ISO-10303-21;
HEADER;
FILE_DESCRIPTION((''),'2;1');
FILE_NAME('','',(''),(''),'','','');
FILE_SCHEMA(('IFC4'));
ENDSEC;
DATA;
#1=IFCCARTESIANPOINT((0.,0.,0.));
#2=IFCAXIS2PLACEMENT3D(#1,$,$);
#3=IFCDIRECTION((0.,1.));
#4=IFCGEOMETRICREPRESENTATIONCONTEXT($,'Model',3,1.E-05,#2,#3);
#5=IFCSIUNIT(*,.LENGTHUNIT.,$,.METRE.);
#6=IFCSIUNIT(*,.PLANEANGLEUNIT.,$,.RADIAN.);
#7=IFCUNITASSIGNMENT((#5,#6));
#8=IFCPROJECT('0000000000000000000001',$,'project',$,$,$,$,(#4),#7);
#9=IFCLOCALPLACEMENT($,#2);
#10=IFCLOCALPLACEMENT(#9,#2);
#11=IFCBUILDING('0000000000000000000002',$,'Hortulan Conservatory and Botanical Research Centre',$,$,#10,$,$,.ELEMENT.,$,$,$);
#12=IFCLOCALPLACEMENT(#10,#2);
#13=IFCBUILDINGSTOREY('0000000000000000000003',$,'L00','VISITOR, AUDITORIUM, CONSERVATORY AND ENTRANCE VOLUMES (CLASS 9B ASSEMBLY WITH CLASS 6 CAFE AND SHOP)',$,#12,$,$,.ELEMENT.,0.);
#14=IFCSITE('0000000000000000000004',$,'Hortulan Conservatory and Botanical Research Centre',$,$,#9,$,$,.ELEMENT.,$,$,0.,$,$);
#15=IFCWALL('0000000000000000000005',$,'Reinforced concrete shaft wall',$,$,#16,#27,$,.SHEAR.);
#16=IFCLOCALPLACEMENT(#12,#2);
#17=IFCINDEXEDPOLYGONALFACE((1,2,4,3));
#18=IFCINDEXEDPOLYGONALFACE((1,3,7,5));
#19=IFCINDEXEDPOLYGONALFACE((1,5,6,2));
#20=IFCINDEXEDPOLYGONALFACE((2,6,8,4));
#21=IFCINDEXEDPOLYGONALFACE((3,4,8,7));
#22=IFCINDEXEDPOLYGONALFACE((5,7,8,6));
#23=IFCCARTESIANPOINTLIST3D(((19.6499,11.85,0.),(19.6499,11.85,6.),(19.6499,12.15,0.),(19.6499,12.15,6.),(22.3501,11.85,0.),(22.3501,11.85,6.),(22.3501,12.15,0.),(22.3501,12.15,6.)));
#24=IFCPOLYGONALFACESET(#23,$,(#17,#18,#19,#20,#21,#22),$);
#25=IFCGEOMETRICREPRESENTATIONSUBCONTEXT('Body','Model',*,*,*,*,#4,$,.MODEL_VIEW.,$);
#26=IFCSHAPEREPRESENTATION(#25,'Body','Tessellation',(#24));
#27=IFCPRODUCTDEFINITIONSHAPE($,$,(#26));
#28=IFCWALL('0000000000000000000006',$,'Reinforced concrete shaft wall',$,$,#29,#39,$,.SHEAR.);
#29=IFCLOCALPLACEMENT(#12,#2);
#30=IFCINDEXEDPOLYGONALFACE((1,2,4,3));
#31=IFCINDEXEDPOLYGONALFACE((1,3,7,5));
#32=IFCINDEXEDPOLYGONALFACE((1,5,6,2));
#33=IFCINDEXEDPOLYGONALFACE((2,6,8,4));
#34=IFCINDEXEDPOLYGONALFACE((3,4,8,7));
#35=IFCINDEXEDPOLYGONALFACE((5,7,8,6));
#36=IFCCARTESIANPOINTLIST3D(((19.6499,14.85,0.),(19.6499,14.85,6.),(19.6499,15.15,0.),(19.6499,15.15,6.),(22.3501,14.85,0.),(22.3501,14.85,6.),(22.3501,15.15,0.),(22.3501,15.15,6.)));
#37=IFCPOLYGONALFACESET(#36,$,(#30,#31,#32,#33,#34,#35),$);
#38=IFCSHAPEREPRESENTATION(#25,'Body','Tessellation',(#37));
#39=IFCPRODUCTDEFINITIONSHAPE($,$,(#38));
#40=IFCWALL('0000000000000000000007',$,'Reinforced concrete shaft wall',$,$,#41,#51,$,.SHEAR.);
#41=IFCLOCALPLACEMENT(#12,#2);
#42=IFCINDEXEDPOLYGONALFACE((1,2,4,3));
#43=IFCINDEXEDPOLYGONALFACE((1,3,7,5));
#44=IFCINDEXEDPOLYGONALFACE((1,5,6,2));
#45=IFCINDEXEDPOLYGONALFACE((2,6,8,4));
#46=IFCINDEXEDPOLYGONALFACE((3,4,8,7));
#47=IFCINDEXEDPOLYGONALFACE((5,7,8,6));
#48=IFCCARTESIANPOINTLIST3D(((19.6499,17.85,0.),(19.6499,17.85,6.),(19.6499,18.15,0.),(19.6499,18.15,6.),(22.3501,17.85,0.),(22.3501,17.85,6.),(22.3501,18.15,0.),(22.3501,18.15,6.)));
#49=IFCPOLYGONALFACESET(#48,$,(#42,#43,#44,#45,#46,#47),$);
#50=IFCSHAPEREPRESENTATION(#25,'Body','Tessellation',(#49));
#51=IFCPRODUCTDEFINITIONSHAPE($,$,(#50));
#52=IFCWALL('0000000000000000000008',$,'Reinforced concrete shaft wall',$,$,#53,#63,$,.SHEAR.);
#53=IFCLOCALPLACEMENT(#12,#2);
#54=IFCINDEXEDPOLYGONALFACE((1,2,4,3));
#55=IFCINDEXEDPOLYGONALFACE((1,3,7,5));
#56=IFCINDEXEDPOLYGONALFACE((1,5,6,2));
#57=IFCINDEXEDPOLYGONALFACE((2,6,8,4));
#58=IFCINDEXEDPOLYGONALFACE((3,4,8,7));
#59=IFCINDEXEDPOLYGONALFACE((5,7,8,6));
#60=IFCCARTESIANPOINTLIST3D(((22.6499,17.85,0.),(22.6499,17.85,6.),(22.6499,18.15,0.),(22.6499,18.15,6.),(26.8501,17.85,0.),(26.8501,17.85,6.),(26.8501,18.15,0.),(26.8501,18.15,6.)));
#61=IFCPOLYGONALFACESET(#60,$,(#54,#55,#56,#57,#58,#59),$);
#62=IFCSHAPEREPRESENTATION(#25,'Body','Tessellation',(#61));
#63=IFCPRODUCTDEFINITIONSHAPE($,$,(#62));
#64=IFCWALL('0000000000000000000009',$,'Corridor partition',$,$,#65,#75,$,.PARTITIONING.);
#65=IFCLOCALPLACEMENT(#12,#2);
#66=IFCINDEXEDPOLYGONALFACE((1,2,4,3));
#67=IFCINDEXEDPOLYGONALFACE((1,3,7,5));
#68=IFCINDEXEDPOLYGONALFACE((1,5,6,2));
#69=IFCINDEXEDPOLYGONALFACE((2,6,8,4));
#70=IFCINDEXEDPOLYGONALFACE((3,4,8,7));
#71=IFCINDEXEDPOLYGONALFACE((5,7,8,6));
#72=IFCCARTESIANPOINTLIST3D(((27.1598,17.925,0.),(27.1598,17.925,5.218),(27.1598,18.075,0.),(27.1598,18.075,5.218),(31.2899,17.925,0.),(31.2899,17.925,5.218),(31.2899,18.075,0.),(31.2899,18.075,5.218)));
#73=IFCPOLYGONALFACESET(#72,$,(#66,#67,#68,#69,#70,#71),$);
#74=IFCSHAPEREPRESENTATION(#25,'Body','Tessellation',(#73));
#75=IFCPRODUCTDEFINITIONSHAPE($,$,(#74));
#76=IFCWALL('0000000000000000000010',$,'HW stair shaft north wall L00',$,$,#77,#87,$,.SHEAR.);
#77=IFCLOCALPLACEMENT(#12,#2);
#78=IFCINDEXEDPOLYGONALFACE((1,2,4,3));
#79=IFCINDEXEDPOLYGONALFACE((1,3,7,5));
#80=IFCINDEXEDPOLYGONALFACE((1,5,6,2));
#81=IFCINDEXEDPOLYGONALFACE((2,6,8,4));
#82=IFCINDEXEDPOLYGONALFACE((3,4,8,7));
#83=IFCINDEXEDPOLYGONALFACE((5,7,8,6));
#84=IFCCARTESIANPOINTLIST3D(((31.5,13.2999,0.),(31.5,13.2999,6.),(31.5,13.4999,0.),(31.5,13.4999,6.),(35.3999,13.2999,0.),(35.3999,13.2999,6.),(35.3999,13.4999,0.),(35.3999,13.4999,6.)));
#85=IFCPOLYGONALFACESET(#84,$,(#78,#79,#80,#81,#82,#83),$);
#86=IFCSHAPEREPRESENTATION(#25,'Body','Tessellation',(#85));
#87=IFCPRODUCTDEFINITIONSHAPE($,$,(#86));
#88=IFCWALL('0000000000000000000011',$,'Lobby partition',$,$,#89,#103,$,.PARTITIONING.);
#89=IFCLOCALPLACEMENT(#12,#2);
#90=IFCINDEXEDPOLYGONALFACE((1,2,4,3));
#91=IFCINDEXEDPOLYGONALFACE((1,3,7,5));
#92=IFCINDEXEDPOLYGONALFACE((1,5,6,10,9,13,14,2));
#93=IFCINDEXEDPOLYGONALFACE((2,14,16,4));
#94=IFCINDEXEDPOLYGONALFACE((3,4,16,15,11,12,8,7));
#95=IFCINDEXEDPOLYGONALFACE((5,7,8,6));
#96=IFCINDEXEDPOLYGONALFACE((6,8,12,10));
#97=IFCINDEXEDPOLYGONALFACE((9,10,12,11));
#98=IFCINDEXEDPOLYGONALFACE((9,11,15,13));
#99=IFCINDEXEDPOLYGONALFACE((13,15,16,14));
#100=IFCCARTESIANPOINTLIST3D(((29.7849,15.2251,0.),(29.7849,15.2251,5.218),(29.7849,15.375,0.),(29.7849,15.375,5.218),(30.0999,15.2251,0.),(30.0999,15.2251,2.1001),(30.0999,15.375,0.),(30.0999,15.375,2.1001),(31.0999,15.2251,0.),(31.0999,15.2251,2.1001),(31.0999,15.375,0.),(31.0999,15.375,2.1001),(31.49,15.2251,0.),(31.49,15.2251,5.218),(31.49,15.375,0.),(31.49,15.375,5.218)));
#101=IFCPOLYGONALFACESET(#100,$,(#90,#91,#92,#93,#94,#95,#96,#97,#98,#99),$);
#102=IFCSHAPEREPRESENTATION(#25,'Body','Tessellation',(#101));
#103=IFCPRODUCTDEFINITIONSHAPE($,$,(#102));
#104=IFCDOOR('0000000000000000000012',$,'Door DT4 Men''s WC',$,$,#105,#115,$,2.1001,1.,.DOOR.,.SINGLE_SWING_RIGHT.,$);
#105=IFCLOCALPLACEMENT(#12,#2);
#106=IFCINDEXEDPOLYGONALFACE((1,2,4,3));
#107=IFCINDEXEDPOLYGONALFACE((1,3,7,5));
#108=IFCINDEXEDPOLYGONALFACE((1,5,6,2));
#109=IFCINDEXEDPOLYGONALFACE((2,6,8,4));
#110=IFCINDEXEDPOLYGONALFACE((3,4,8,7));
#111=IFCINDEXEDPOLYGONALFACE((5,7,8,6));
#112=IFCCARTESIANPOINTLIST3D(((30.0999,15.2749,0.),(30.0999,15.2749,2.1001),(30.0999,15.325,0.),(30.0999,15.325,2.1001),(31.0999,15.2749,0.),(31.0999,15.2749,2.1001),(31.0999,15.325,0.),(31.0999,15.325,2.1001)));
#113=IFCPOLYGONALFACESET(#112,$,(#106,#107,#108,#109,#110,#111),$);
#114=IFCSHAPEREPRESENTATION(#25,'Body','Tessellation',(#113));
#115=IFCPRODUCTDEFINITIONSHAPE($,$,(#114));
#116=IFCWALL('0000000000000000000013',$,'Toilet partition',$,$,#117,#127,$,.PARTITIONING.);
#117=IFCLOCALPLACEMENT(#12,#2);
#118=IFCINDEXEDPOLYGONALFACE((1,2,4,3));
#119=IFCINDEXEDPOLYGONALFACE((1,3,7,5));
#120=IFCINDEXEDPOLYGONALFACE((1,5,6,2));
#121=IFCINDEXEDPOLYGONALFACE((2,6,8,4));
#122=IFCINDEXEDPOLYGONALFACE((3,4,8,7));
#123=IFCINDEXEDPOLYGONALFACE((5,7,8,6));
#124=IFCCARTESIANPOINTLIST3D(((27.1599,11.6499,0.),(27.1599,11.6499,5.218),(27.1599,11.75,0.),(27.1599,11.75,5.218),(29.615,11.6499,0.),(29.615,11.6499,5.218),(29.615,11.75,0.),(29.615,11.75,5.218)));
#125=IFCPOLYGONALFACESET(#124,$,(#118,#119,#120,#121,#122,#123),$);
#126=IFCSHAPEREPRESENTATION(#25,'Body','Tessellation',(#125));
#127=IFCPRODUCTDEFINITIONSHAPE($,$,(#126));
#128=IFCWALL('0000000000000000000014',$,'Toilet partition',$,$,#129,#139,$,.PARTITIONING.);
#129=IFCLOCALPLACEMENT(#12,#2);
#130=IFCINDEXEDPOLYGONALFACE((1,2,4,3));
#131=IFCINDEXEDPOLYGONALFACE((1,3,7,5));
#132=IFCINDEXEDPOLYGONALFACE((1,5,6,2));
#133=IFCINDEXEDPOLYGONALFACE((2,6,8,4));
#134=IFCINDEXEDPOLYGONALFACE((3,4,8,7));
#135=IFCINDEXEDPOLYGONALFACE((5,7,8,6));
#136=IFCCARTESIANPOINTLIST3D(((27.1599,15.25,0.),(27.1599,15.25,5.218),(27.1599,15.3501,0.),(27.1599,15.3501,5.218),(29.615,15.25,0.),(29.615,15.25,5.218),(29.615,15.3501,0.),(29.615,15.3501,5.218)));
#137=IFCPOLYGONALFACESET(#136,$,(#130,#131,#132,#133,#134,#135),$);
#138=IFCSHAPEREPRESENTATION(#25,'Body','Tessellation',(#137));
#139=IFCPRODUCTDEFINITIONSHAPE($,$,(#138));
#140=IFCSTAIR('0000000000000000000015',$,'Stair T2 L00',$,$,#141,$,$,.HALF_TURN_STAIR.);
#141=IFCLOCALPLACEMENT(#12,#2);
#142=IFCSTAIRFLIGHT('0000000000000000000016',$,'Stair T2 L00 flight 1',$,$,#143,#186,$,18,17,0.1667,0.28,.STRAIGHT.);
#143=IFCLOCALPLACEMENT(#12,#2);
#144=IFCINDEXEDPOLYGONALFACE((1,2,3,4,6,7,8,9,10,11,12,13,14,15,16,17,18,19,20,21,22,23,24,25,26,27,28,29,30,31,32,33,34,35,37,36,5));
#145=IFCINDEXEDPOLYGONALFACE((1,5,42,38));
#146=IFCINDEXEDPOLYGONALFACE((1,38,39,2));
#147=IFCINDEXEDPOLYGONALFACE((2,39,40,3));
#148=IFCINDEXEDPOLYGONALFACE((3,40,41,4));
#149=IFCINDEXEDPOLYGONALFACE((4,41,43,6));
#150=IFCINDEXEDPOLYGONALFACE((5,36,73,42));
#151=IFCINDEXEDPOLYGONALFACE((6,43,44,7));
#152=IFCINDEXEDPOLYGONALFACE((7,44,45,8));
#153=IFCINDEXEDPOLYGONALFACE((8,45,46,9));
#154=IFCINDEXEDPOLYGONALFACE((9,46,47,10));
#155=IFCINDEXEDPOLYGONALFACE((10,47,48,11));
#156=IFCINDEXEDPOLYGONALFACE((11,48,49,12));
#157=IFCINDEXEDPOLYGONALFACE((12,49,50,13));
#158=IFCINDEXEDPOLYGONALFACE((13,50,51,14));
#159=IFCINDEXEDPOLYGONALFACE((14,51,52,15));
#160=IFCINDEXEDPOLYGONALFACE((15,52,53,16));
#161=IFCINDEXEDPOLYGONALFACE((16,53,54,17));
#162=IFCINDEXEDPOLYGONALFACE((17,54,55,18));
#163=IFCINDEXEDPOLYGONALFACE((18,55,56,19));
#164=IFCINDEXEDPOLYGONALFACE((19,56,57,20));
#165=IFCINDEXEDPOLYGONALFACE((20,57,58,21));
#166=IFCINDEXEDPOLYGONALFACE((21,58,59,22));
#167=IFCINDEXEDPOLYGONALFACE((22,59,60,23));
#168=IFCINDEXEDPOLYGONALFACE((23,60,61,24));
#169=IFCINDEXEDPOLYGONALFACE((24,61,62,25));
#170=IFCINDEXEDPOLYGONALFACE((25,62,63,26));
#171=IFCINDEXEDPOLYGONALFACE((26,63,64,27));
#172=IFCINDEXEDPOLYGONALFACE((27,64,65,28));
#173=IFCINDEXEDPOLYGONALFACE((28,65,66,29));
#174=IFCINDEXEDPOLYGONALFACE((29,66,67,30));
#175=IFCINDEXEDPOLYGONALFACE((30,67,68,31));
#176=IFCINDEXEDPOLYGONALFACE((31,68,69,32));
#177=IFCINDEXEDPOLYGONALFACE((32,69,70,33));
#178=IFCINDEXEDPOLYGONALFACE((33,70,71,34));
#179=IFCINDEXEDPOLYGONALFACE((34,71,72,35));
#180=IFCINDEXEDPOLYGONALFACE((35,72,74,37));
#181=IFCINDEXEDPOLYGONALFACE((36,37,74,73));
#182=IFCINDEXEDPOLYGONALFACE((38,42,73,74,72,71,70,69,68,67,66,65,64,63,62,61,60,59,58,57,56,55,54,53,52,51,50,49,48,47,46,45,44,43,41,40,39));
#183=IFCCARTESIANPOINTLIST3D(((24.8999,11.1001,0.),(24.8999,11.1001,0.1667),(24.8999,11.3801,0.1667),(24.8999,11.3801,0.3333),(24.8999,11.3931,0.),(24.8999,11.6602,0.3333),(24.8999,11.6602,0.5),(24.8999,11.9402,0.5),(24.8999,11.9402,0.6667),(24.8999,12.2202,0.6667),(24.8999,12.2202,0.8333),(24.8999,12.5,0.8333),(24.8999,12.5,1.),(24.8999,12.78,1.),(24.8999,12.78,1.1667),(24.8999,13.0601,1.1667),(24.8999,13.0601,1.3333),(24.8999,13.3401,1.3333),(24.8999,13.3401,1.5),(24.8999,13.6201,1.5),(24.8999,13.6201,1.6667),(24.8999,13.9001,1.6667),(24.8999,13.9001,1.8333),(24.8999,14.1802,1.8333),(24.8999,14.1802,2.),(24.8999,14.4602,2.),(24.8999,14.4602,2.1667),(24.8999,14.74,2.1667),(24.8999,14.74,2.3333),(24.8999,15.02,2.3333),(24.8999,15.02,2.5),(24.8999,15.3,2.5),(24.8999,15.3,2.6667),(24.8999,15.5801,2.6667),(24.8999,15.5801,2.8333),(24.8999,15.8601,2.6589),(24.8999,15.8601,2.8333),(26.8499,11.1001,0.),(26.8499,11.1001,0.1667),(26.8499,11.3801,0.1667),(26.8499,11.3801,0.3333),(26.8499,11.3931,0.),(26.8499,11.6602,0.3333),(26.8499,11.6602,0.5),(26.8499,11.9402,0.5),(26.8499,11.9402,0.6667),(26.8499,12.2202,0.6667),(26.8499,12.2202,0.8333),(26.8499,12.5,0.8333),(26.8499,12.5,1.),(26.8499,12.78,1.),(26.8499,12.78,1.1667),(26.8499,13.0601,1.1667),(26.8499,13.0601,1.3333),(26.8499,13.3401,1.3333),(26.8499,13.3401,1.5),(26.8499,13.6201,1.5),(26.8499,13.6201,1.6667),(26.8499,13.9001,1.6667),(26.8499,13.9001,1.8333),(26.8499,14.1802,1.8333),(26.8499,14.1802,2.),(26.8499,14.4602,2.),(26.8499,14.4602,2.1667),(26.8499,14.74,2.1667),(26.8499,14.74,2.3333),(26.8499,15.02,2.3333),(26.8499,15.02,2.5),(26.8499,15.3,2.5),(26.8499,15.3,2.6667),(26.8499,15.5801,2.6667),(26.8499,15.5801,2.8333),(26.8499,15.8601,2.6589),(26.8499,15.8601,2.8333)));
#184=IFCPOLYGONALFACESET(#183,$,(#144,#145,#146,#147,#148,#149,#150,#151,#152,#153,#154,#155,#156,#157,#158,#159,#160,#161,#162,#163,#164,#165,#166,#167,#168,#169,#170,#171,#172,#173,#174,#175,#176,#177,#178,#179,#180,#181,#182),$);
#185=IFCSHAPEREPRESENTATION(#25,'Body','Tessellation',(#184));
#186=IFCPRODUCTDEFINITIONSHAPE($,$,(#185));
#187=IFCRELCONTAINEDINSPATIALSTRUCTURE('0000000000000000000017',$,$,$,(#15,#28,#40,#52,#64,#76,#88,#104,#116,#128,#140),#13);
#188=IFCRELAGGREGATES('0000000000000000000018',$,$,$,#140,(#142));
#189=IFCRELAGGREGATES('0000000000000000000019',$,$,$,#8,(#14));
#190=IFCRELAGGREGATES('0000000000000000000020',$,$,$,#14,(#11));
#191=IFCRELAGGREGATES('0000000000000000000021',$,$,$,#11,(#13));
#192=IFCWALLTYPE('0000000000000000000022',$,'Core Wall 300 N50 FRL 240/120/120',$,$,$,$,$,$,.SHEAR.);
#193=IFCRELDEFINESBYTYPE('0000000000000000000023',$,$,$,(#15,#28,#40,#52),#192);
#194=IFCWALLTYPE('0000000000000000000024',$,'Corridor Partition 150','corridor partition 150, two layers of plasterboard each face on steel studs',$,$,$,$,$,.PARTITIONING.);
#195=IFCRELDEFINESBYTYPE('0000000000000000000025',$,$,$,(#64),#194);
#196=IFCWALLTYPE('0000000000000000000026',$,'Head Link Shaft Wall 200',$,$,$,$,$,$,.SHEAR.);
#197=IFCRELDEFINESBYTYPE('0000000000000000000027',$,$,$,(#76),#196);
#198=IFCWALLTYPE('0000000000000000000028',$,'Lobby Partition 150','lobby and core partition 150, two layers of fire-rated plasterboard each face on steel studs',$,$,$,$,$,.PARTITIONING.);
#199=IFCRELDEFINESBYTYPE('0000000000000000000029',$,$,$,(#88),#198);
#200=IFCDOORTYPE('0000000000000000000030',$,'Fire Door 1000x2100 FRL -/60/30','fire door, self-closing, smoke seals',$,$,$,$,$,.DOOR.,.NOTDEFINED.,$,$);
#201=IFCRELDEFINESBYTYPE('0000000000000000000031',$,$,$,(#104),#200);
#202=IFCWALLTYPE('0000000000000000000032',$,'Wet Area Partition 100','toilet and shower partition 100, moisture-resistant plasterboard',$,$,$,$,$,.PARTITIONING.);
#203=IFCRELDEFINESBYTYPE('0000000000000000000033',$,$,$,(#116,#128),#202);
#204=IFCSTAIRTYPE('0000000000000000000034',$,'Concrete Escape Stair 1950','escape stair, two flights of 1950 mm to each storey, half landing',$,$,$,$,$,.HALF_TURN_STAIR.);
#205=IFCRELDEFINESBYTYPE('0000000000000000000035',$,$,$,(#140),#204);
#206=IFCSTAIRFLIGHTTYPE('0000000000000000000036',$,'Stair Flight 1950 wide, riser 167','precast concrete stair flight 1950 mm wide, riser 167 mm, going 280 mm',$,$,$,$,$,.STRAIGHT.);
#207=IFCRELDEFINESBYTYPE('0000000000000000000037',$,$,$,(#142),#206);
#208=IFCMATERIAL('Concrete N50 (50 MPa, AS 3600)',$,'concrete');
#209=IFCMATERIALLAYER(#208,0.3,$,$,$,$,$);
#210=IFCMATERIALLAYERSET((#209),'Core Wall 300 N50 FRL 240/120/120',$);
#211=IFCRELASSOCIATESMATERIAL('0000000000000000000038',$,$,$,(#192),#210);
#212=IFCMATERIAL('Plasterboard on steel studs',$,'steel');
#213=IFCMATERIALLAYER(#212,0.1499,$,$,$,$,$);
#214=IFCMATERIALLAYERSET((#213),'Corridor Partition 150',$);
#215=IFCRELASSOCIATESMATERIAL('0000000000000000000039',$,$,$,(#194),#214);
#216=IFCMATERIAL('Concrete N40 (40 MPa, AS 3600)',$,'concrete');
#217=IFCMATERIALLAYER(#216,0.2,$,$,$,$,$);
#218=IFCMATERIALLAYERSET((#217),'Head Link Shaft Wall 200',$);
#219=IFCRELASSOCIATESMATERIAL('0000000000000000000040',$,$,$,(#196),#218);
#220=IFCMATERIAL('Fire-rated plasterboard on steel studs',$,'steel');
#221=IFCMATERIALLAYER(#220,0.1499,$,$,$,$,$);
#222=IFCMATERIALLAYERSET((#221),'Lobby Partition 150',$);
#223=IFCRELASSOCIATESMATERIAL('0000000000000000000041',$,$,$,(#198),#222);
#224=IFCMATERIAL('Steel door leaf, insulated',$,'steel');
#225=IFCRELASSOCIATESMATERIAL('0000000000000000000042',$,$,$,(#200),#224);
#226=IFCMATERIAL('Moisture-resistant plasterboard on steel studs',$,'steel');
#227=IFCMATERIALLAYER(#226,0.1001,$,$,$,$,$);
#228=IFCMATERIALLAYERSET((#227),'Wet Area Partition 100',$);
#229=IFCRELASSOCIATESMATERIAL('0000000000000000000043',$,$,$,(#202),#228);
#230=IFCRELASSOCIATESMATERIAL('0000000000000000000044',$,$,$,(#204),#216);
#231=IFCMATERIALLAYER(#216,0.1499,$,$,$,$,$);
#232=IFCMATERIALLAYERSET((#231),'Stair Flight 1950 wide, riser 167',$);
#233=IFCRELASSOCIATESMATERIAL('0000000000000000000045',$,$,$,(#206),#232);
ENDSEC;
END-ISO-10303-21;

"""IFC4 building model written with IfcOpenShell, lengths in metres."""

from ifc_helpers import new_model, si_unit, direction, frame, frame_2d, origin, place, context, subcontext, project, spatial, polyline, rectangle, outline, extrude, material, layer, layer_set, type_object, element, fill, aggregate, save


model = new_model("IFC4")

# Units and contexts
model_context = context("Model", 3, precision=1e-05, world=origin(), true_north=direction((0.0, 1.0)))
body_context = subcontext(model_context, "Body", "Model", "MODEL_VIEW")
ifc_project = project(units=[si_unit("LENGTHUNIT", "METRE"), si_unit("PLANEANGLEUNIT", "RADIAN")], contexts=[model_context])

# Site, building, storey
site_placement = place(None, origin())
site = spatial("IfcSite", under=ifc_project, at=site_placement, Name="Hortulan Conservatory and Botanical Research Centre", CompositionType="ELEMENT", RefElevation=0.0)
building_placement = place(site_placement, origin())
building = spatial("IfcBuilding", under=site, at=building_placement, Name="Hortulan Conservatory and Botanical Research Centre", CompositionType="ELEMENT")
storey_placement = place(building_placement, origin())
storey = spatial("IfcBuildingStorey", under=building, at=storey_placement, Name="L00", Description="VISITOR, AUDITORIUM, CONSERVATORY AND ENTRANCE VOLUMES (CLASS 9B ASSEMBLY WITH CLASS 6 CAFE AND SHOP)", CompositionType="ELEMENT", Elevation=0.0)

# Walls
ifc_material_1 = material(Name="Concrete N50 (50 MPa, AS 3600)", Category="concrete")
ifc_layer_1 = layer(ifc_material_1, 0.3)
ifc_layer_set_1 = layer_set([ifc_layer_1], Name="Core Wall 300 N50 FRL 240/120/120")
wall_type_1 = type_object("IfcWallType", Name="Core Wall 300 N50 FRL 240/120/120", PredefinedType="SHEAR", material=ifc_layer_set_1)
for number, where, z_axis, x_axis, name in (
    (1, (19.6499, 12.0, 0.0), (0.0, 0.0, 1.0), (1.0, 0.0, 0.0), "Reinforced concrete shaft wall"),
    (2, (19.6499, 15.0, 0.0), (0.0, 0.0, 1.0), (1.0, 0.0, 0.0), "Reinforced concrete shaft wall"),
    (3, (19.6499, 18.0, 0.0), (0.0, 0.0, 1.0), (1.0, 0.0, 0.0), "Reinforced concrete shaft wall"),
):
    element("IfcWall", number, at=place(storey_placement, frame(where, z_axis=z_axis, x_axis=x_axis)), inside=storey, type_object=wall_type_1, Name=name, PredefinedType="SHEAR", context=body_context, shape_type="SweptSolid", body=[
        extrude(rectangle(XDim=2.7002, YDim=0.3, at=frame_2d((1.3501, 0.0))), origin(), (0.0, 0.0, 1.0), 6.0),
    ])
wall_1_placement = place(storey_placement, frame((22.6499, 18.0, 0.0), z_axis=(0.0, 0.0, 1.0), x_axis=(1.0, 0.0, 0.0)))
element("IfcWall", 4, at=wall_1_placement, inside=storey, type_object=wall_type_1, Name="Reinforced concrete shaft wall", PredefinedType="SHEAR", context=body_context, shape_type="SweptSolid", body=[
    extrude(rectangle(XDim=4.2002, YDim=0.3, at=frame_2d((2.1001, 0.0))), origin(), (0.0, 0.0, 1.0), 6.0),
])
ifc_material_2 = material(Name="Plasterboard on steel studs", Category="steel")
ifc_layer_2 = layer(ifc_material_2, 0.1499)
ifc_layer_set_2 = layer_set([ifc_layer_2], Name="Corridor Partition 150")
wall_type_2 = type_object("IfcWallType", Name="Corridor Partition 150", Description="corridor partition 150, two layers of plasterboard each face on steel studs", PredefinedType="PARTITIONING", material=ifc_layer_set_2)
wall_2_placement = place(storey_placement, frame((27.1599, 18.0, 0.0), z_axis=(0.0, 0.0, 1.0), x_axis=(1.0, 0.0, 0.0)))
element("IfcWall", 5, at=wall_2_placement, inside=storey, type_object=wall_type_2, Name="Corridor partition", PredefinedType="PARTITIONING", context=body_context, shape_type="SweptSolid", body=[
    extrude(rectangle(XDim=4.1301, YDim=0.1499, at=frame_2d((2.0649, 0.0))), origin(), (0.0, 0.0, 1.0), 5.218),
])
ifc_material_3 = material(Name="Concrete N40 (40 MPa, AS 3600)", Category="concrete")
ifc_layer_3 = layer(ifc_material_3, 0.2)
ifc_layer_set_3 = layer_set([ifc_layer_3], Name="Head Link Shaft Wall 200")
wall_type_3 = type_object("IfcWallType", Name="Head Link Shaft Wall 200", PredefinedType="SHEAR", material=ifc_layer_set_3)
wall_3_placement = place(storey_placement, frame((31.5, 13.3999, 0.0), z_axis=(0.0, 0.0, 1.0), x_axis=(1.0, 0.0, 0.0)))
element("IfcWall", 6, at=wall_3_placement, inside=storey, type_object=wall_type_3, Name="HW stair shaft north wall L00", PredefinedType="SHEAR", context=body_context, shape_type="SweptSolid", body=[
    extrude(rectangle(XDim=3.8999, YDim=0.2, at=frame_2d((1.95, 0.0))), origin(), (0.0, 0.0, 1.0), 6.0),
])

# Wall, opening, door
ifc_material_4 = material(Name="Fire-rated plasterboard on steel studs", Category="steel")
ifc_layer_4 = layer(ifc_material_4, 0.1499)
ifc_layer_set_4 = layer_set([ifc_layer_4], Name="Lobby Partition 150")
wall_type_4 = type_object("IfcWallType", Name="Lobby Partition 150", Description="lobby and core partition 150, two layers of fire-rated plasterboard each face on steel studs", PredefinedType="PARTITIONING", material=ifc_layer_set_4)
wall_4_placement = place(storey_placement, frame((29.7849, 15.3, 0.0), z_axis=(0.0, 0.0, 1.0), x_axis=(1.0, 0.0, 0.0)))
wall_4 = element("IfcWall", 7, at=wall_4_placement, inside=storey, type_object=wall_type_4, Name="Lobby partition", PredefinedType="PARTITIONING", context=body_context, shape_type="SweptSolid", body=[
    extrude(rectangle(XDim=1.7051, YDim=0.1499, at=frame_2d((0.8525, 0.0))), origin(), (0.0, 0.0, 1.0), 5.218),
])
opening_placement = place(wall_4_placement, frame((0.3149, 0.0, 0.0)))
opening = element("IfcOpeningElement", 8, at=opening_placement, cuts=wall_4, PredefinedType="OPENING", context=body_context, shape_type="SweptSolid", body=[
    extrude(rectangle(XDim=1.0, YDim=2.1001, at=frame_2d((0.5, 1.05))), frame((0.0, 0.085, 0.0), z_axis=(0.0, -1.0, 0.0), x_axis=(1.0, 0.0, 0.0)), (0.0, 0.0, 1.0), 0.1699),
])
ifc_material_5 = material(Name="Steel door leaf, insulated", Category="steel")
door_type = type_object("IfcDoorType", Name="Fire Door 1000x2100 FRL -/60/30", Description="fire door, self-closing, smoke seals", OperationType="NOTDEFINED", PredefinedType="DOOR", material=ifc_material_5)
door_placement = place(opening_placement, origin())
door = element("IfcDoor", 9, at=door_placement, inside=storey, type_object=door_type, Name="Door DT4 Men's WC", OperationType="SINGLE_SWING_RIGHT", OverallHeight=2.1001, OverallWidth=1.0, PredefinedType="DOOR", context=body_context, shape_type="SweptSolid", body=[
    extrude(rectangle(XDim=1.0, YDim=2.1001, at=frame_2d((0.5, 1.05))), frame((0.0, 0.0249, 0.0), z_axis=(0.0, -1.0, 0.0), x_axis=(1.0, 0.0, 0.0)), (0.0, 0.0, 1.0), 0.05),
])
fill(opening, door)

# Walls
ifc_material_6 = material(Name="Moisture-resistant plasterboard on steel studs", Category="steel")
ifc_layer_5 = layer(ifc_material_6, 0.1001)
ifc_layer_set_5 = layer_set([ifc_layer_5], Name="Wet Area Partition 100")
wall_type_5 = type_object("IfcWallType", Name="Wet Area Partition 100", Description="toilet and shower partition 100, moisture-resistant plasterboard", PredefinedType="PARTITIONING", material=ifc_layer_set_5)
for number, where, z_axis, x_axis, name in (
    (10, (27.1599, 11.7, 0.0), (0.0, 0.0, 1.0), (1.0, 0.0, 0.0), "Toilet partition"),
    (11, (27.1599, 15.3, 0.0), (0.0, 0.0, 1.0), (1.0, 0.0, 0.0), "Toilet partition"),
):
    element("IfcWall", number, at=place(storey_placement, frame(where, z_axis=z_axis, x_axis=x_axis)), inside=storey, type_object=wall_type_5, Name=name, PredefinedType="PARTITIONING", context=body_context, shape_type="SweptSolid", body=[
        extrude(rectangle(XDim=2.4551, YDim=0.1001, at=frame_2d((1.2275, 0.0))), origin(), (0.0, 0.0, 1.0), 5.218),
    ])

# Stair, stair flight
stair_type = type_object("IfcStairType", Name="Concrete Escape Stair 1950", Description="escape stair, two flights of 1950 mm to each storey, half landing", PredefinedType="HALF_TURN_STAIR", material=ifc_material_3)
stair_placement = place(storey_placement, origin())
stair = element("IfcStair", 12, at=stair_placement, inside=storey, type_object=stair_type, Name="Stair T2 L00", PredefinedType="HALF_TURN_STAIR")
ifc_layer_6 = layer(ifc_material_3, 0.1499)
ifc_layer_set_6 = layer_set([ifc_layer_6], Name="Stair Flight 1950 wide, riser 167")
stair_flight_type = type_object("IfcStairFlightType", Name="Stair Flight 1950 wide, riser 167", Description="precast concrete stair flight 1950 mm wide, riser 167 mm, going 280 mm", PredefinedType="STRAIGHT", material=ifc_layer_set_6)
stair_flight_1_placement = place(storey_placement, frame((25.875, 11.1001, 0.0), z_axis=(0.0, 0.0, 1.0), x_axis=(0.0, 1.0, 0.0)))
stair_flight_1 = element("IfcStairFlight", 13, at=stair_flight_1_placement, type_object=stair_flight_type, Name="Stair T2 L00 flight 1", NumberOfRisers=18, NumberOfTreads=17, PredefinedType="STRAIGHT", RiserHeight=0.1667, TreadLength=0.28, context=body_context, shape_type="SweptSolid", body=[
    extrude(outline(polyline([(0.0, 0.0), (0.0, 0.1667), (0.28, 0.1667), (0.28, 0.3333), (0.5601, 0.3333), (0.5601, 0.5), (0.8401, 0.5), (0.8401, 0.6667), (1.1201, 0.6667), (1.1201, 0.8333), (1.3999, 0.8333), (1.3999, 1.0), (1.6799, 1.0), (1.6799, 1.1667), (1.96, 1.1667), (1.96, 1.3333), (2.24, 1.3333), (2.24, 1.5), (2.52, 1.5), (2.52, 1.6667), (2.8, 1.6667), (2.8, 1.8333), (3.0801, 1.8333), (3.0801, 2.0), (3.3601, 2.0), (3.3601, 2.1667), (3.6399, 2.1667), (3.6399, 2.3333), (3.9199, 2.3333), (3.9199, 2.5), (4.2, 2.5), (4.2, 2.6667), (4.48, 2.6667), (4.48, 2.8333), (4.76, 2.8333), (4.76, 3.0), (4.76, 2.6589), (0.293, 0.0), (0.0, 0.0)])), frame((0.0, 0.9751, 0.0), z_axis=(0.0, -1.0, 0.0), x_axis=(1.0, 0.0, 0.0)), (0.0, 0.0, 1.0), 1.95),
])
aggregate(stair, [stair_flight_1])

save(model, "model.ifc")
